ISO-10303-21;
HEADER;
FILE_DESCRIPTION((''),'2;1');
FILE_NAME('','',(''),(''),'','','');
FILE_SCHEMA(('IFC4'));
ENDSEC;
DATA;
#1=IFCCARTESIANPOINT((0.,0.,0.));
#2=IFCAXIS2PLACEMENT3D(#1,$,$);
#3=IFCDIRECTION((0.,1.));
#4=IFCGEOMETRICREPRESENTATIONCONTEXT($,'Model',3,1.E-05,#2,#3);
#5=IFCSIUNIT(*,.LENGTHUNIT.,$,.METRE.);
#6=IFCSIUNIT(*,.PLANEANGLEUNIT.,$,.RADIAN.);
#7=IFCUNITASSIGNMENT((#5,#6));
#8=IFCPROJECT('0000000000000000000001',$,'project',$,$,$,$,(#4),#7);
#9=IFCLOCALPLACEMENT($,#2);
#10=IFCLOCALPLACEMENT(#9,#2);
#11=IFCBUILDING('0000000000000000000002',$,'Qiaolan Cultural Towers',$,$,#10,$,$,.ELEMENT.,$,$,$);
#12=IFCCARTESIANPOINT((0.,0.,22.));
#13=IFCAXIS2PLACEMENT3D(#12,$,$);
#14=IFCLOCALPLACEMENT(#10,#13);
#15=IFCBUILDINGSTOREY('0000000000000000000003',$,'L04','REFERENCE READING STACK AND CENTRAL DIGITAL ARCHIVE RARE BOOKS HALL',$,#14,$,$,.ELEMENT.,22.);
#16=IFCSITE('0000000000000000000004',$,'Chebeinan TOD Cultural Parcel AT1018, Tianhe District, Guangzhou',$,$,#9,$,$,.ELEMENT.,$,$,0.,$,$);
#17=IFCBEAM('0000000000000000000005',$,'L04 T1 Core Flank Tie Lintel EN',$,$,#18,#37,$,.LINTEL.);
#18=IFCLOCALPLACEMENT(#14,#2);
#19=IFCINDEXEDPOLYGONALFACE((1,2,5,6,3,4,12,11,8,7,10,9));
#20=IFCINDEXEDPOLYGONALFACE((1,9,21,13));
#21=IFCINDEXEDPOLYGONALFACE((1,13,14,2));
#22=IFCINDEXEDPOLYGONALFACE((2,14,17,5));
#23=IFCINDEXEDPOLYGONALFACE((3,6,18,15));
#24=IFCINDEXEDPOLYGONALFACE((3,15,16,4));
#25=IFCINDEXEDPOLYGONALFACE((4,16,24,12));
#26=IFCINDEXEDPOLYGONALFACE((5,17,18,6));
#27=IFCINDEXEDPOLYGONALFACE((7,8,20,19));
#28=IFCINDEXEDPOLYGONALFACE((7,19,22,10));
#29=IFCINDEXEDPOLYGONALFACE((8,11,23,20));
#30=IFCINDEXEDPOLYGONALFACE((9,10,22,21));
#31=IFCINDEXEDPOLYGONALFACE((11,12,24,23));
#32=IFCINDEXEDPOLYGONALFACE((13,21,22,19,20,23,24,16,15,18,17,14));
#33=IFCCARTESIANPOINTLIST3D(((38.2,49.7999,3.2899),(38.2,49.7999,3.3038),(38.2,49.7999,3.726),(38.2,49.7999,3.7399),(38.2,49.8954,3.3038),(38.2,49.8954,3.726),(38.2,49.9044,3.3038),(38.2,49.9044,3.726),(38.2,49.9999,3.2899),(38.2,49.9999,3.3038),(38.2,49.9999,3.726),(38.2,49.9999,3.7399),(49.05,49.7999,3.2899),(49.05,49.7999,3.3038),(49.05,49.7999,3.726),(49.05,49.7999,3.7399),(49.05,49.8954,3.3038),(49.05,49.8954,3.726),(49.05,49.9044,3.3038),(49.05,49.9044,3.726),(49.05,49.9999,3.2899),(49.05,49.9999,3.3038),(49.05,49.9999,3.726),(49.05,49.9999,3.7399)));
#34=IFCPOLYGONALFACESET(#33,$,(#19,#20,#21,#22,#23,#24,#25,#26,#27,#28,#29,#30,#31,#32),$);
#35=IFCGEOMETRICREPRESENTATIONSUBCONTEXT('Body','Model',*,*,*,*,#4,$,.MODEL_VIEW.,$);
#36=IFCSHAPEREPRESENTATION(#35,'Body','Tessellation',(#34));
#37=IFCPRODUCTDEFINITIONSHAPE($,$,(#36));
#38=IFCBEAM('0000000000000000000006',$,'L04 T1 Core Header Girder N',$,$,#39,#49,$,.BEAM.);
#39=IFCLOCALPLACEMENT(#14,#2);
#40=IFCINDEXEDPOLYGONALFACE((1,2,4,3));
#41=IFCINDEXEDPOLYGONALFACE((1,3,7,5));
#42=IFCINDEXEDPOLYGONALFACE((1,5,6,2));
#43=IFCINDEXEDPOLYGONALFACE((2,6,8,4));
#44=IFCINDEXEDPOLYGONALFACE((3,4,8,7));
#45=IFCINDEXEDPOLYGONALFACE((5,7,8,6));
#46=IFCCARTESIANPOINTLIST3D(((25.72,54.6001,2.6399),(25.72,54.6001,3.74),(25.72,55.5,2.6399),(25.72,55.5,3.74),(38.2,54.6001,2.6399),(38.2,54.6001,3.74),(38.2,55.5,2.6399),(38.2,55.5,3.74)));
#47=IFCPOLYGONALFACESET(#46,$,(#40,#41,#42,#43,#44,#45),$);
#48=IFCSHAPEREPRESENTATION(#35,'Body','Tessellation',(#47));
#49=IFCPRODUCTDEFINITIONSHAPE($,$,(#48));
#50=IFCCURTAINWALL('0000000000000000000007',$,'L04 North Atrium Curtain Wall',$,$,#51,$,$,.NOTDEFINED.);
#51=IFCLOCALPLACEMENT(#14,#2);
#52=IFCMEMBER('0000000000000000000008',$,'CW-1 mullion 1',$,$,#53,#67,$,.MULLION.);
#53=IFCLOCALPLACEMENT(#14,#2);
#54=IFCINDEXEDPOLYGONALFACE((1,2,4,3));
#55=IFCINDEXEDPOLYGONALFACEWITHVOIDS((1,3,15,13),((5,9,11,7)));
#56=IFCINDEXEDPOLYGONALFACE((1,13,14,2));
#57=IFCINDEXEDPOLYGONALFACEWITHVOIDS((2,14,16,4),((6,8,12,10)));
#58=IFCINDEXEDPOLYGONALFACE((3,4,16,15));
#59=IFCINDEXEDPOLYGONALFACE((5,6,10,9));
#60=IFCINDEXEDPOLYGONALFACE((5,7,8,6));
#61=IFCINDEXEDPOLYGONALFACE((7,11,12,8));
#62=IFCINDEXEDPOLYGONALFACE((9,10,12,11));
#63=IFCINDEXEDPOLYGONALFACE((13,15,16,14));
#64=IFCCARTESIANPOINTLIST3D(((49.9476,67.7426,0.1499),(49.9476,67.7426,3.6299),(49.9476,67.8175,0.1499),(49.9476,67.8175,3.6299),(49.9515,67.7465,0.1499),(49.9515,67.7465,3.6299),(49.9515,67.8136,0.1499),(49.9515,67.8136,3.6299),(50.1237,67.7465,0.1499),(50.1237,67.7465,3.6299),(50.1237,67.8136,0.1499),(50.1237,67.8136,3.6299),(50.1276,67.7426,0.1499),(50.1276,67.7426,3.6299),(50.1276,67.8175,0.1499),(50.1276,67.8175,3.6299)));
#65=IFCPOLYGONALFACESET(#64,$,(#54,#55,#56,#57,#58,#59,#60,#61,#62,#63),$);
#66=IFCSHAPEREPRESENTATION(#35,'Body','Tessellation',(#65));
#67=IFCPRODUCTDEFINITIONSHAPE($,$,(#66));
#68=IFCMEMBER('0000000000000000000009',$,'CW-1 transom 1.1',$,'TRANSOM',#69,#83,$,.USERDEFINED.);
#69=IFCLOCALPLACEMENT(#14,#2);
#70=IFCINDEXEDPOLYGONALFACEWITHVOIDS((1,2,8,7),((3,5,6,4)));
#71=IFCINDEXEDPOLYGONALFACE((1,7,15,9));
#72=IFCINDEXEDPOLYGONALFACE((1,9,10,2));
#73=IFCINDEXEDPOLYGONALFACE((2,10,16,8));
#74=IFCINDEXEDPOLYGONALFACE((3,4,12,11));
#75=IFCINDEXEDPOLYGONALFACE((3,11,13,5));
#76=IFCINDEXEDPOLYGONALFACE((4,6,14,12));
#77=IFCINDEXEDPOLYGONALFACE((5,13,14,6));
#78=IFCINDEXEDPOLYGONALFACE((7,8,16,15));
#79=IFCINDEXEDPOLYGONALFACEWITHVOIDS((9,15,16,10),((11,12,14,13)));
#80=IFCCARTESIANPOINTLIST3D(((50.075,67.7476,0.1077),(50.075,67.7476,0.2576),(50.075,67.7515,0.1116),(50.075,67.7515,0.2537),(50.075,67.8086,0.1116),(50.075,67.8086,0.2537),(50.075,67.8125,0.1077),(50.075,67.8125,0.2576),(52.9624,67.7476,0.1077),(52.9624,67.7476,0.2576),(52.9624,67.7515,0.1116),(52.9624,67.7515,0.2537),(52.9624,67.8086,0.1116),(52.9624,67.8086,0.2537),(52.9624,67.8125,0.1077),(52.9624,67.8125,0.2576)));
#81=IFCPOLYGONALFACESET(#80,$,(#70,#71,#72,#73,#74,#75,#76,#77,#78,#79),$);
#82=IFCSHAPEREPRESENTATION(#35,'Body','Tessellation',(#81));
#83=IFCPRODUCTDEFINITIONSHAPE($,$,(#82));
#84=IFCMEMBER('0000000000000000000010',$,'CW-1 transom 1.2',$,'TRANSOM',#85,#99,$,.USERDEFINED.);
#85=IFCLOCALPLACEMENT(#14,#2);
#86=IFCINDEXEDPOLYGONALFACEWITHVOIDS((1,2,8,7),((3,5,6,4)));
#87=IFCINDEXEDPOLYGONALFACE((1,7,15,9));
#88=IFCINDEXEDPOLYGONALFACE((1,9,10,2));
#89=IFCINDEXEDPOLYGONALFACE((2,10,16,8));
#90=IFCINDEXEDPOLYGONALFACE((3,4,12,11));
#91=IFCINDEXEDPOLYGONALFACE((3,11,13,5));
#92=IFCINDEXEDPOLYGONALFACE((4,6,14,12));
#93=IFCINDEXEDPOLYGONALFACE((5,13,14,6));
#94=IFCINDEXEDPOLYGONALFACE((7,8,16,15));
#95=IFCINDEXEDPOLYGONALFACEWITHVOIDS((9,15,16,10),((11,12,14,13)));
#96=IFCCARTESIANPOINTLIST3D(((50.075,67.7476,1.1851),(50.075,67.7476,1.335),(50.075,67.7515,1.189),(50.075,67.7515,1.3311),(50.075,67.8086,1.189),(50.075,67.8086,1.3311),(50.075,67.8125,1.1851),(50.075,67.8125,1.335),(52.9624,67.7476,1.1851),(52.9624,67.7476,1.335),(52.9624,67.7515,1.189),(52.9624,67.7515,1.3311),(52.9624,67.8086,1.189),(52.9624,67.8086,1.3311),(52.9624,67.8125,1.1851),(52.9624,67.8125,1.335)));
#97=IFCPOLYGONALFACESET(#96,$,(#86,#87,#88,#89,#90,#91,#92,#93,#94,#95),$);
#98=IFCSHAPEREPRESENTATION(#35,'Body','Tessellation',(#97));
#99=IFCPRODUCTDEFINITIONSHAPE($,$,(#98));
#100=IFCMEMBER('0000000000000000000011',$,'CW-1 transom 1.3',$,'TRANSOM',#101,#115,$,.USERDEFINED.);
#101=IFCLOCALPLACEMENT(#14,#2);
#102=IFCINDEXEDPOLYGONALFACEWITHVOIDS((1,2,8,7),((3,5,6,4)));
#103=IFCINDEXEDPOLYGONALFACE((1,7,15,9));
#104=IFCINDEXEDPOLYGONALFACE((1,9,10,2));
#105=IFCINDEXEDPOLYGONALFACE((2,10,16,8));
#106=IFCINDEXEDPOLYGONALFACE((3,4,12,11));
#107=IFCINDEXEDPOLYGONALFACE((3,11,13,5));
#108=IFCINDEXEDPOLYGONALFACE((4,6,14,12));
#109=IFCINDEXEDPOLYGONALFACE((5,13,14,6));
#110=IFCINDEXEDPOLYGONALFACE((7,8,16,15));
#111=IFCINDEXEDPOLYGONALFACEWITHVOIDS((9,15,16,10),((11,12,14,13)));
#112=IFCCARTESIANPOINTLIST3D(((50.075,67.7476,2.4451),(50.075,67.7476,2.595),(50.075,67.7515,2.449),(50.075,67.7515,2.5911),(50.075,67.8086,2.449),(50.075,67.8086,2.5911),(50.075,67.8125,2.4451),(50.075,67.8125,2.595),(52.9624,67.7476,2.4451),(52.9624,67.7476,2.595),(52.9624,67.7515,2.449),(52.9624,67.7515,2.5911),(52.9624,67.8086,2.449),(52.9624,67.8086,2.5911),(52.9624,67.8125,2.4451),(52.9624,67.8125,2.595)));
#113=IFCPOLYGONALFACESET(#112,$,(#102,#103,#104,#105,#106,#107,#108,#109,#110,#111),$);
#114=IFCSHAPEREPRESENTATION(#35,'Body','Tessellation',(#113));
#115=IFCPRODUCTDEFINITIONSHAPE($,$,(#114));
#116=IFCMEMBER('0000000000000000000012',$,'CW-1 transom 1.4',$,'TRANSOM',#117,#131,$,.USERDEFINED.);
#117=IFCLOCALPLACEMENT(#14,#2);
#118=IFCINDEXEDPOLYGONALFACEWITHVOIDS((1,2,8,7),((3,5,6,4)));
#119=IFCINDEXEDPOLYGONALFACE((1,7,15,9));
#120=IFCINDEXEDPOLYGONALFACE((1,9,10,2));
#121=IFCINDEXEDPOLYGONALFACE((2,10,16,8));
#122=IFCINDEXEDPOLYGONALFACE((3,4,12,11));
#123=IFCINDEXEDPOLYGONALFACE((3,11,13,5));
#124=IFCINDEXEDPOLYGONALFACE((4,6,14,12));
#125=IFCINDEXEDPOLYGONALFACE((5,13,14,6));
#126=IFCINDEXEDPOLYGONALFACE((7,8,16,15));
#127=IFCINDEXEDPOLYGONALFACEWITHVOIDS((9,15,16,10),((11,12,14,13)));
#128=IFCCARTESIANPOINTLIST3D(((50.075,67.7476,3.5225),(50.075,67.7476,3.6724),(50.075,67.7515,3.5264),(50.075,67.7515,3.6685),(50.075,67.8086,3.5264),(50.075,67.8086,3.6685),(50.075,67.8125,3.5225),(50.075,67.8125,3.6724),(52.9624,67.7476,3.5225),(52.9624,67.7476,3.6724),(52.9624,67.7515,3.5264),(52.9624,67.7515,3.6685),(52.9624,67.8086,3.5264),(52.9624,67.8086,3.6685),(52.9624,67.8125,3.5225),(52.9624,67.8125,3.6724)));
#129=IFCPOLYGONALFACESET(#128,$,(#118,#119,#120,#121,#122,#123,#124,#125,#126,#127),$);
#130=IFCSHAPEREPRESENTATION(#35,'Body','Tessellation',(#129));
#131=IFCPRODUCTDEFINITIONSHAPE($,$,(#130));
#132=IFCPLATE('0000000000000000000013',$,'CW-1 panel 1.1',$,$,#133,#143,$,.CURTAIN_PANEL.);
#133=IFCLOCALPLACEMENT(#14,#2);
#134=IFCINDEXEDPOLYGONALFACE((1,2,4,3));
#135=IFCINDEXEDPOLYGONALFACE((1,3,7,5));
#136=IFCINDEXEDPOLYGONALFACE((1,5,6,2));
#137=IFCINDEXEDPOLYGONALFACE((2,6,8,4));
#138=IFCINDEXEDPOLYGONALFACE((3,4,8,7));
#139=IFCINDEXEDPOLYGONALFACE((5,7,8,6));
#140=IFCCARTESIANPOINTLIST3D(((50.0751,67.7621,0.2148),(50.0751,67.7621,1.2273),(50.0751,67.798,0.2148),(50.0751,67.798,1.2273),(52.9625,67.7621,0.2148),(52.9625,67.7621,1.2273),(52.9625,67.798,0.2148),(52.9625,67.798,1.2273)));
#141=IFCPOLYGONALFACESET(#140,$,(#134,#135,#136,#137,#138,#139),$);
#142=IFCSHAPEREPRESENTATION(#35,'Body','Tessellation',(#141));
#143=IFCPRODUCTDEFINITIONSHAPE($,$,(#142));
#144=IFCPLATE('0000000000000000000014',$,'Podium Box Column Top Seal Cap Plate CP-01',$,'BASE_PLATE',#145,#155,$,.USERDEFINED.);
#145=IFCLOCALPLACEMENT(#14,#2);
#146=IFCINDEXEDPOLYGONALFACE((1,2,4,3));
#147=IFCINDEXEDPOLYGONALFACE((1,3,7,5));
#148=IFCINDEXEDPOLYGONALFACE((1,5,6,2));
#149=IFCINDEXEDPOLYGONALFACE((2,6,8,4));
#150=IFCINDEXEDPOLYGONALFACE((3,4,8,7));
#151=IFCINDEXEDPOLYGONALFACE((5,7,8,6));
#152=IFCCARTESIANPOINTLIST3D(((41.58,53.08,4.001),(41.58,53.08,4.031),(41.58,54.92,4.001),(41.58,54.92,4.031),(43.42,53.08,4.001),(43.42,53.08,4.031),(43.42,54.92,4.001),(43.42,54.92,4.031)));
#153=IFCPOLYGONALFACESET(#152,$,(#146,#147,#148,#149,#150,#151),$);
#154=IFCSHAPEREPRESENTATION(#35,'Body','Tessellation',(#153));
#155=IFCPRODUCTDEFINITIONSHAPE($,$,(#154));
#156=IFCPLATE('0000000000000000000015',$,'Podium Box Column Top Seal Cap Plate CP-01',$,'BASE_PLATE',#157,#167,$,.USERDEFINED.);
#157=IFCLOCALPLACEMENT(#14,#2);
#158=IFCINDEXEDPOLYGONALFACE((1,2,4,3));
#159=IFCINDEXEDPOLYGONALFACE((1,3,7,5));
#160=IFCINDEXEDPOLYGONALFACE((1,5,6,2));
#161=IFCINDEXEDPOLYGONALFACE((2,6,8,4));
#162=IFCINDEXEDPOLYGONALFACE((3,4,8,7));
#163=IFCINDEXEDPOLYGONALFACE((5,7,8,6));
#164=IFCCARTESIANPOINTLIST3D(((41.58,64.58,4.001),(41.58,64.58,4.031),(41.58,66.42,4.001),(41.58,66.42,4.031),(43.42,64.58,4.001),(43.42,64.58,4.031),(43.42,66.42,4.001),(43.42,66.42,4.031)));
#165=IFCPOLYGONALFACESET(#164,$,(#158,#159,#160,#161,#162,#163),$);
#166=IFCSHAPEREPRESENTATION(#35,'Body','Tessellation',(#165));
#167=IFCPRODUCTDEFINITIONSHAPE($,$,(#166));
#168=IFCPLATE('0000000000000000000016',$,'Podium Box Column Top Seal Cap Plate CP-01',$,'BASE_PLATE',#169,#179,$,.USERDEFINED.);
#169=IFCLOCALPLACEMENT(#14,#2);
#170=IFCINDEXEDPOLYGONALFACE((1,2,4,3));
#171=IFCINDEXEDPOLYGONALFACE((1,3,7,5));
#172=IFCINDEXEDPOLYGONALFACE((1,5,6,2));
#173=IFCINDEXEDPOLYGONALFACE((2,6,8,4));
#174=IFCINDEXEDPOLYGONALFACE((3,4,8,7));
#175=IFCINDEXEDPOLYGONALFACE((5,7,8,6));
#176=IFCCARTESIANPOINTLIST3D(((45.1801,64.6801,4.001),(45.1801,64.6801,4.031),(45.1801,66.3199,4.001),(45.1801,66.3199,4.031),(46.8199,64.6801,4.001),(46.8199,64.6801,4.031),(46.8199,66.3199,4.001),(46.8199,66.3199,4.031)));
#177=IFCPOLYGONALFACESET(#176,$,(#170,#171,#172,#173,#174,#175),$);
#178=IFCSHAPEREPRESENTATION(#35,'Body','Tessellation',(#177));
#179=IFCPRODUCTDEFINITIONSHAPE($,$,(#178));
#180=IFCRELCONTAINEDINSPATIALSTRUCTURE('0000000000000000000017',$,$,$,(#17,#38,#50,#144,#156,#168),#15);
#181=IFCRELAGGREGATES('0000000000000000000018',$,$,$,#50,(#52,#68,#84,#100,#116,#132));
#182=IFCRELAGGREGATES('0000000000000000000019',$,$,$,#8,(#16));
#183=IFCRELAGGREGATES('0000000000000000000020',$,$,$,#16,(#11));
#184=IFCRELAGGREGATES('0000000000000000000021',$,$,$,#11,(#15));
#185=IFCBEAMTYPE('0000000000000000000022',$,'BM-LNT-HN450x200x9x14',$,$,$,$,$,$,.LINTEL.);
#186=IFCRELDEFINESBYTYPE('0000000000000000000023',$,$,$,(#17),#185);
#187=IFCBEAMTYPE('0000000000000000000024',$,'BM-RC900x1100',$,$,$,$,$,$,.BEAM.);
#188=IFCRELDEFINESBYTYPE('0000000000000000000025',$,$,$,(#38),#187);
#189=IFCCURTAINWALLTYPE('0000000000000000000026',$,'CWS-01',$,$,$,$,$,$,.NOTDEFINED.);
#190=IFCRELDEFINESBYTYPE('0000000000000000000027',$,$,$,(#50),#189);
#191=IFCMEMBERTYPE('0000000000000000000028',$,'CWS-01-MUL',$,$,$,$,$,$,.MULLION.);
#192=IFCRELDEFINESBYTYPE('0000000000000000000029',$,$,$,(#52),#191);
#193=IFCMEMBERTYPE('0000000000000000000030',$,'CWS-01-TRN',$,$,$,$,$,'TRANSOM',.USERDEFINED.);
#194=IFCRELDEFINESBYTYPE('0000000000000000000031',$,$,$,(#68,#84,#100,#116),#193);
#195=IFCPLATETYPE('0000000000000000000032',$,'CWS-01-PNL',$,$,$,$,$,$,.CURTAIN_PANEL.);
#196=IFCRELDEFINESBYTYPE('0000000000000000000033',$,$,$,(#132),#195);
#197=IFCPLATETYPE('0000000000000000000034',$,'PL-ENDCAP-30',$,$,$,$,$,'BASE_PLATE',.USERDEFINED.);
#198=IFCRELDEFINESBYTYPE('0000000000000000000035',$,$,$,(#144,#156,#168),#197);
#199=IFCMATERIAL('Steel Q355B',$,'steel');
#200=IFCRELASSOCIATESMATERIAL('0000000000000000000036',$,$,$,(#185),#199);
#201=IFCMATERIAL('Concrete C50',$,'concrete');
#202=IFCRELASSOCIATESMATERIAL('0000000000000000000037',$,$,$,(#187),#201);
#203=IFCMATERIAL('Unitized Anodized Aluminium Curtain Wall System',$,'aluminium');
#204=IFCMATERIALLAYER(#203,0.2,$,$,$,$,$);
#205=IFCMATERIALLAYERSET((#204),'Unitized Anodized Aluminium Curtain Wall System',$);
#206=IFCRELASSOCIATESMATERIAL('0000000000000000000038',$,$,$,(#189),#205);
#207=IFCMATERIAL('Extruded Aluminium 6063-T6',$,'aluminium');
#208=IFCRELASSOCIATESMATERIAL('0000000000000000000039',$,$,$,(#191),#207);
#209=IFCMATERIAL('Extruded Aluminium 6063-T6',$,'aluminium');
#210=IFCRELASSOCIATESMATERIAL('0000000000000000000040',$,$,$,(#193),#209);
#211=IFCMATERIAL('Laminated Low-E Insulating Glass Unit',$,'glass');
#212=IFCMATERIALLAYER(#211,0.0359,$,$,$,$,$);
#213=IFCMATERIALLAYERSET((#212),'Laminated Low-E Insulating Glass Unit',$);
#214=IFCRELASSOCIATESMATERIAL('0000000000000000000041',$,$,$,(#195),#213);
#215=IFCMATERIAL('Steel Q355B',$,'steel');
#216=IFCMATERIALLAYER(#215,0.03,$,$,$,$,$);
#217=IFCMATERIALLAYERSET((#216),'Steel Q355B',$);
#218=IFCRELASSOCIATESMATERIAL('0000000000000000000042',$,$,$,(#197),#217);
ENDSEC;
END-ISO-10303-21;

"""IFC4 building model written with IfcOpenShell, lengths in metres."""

from ifc_helpers import new_model, si_unit, direction, frame, origin, origin_2d, place, context, subcontext, project, spatial, rectangle, hollow_rectangle, i_section, extrude, material, layer, layer_set, material_profile, profile_set, type_object, element, aggregate, save


model = new_model("IFC4")

# Units and contexts
model_context = context("Model", 3, precision=1e-05, world=origin(), true_north=direction((0.0, 1.0)))
body_context = subcontext(model_context, "Body", "Model", "MODEL_VIEW")
ifc_project = project(units=[si_unit("LENGTHUNIT", "METRE"), si_unit("PLANEANGLEUNIT", "RADIAN")], contexts=[model_context])

# Site, building, storey
site_placement = place(None, origin())
site = spatial("IfcSite", under=ifc_project, at=site_placement, Name="Chebeinan TOD Cultural Parcel AT1018, Tianhe District, Guangzhou", CompositionType="ELEMENT", RefElevation=0.0)
building_placement = place(site_placement, origin())
building = spatial("IfcBuilding", under=site, at=building_placement, Name="Qiaolan Cultural Towers", CompositionType="ELEMENT")
storey_placement = place(building_placement, frame((0.0, 0.0, 22.0)))
storey = spatial("IfcBuildingStorey", under=building, at=storey_placement, Name="L04", Description="REFERENCE READING STACK AND CENTRAL DIGITAL ARCHIVE RARE BOOKS HALL", CompositionType="ELEMENT", Elevation=22.0)

# Beams
ifc_material_1 = material(Name="Steel Q355B", Category="steel")
ifc_material_profile_1 = material_profile(ifc_material_1, i_section(OverallWidth=0.2, OverallDepth=0.45, WebThickness=0.009, FlangeThickness=0.0139, at=origin_2d()), Name="HN450x200x9x14")
ifc_profile_set_1 = profile_set([ifc_material_profile_1], Name="Steel Q355B")
beam_type_1 = type_object("IfcBeamType", Name="BM-LNT-HN450x200x9x14", PredefinedType="LINTEL", material=ifc_profile_set_1)
beam_1_placement = place(storey_placement, frame((38.2, 49.8999, 3.5149), z_axis=(1.0, 0.0, 0.0), x_axis=(0.0, 1.0, 0.0)))
element("IfcBeam", 1, at=beam_1_placement, inside=storey, type_object=beam_type_1, Name="L04 T1 Core Flank Tie Lintel EN", PredefinedType="LINTEL", context=body_context, shape_type="SweptSolid", body=[
    extrude(i_section(OverallWidth=0.2, OverallDepth=0.45, WebThickness=0.009, FlangeThickness=0.0139, at=origin_2d()), origin(), (0.0, 0.0, 1.0), 10.8501),
])
ifc_material_2 = material(Name="Concrete C50", Category="concrete")
ifc_material_profile_2 = material_profile(ifc_material_2, rectangle(XDim=0.8999, YDim=1.1001, at=origin_2d()), Name="RC900x1100")
ifc_profile_set_2 = profile_set([ifc_material_profile_2], Name="Concrete C50")
beam_type_2 = type_object("IfcBeamType", Name="BM-RC900x1100", PredefinedType="BEAM", material=ifc_profile_set_2)
beam_2_placement = place(storey_placement, frame((25.72, 55.05, 3.1899), z_axis=(1.0, 0.0, 0.0), x_axis=(0.0, 1.0, 0.0)))
element("IfcBeam", 2, at=beam_2_placement, inside=storey, type_object=beam_type_2, Name="L04 T1 Core Header Girder N", PredefinedType="BEAM", context=body_context, shape_type="SweptSolid", body=[
    extrude(rectangle(XDim=0.8999, YDim=1.1001, at=origin_2d()), origin(), (0.0, 0.0, 1.0), 12.48),
])

# Curtain wall, members, plate
ifc_material_3 = material(Name="Unitized Anodized Aluminium Curtain Wall System", Category="aluminium")
ifc_layer_1 = layer(ifc_material_3, 0.2)
ifc_layer_set_1 = layer_set([ifc_layer_1], Name="Unitized Anodized Aluminium Curtain Wall System")
curtain_wall_type = type_object("IfcCurtainWallType", Name="CWS-01", PredefinedType="NOTDEFINED", material=ifc_layer_set_1)
curtain_wall_placement = place(storey_placement, origin())
curtain_wall = element("IfcCurtainWall", 3, at=curtain_wall_placement, inside=storey, type_object=curtain_wall_type, Name="L04 North Atrium Curtain Wall", PredefinedType="NOTDEFINED")
ifc_material_4 = material(Name="Extruded Aluminium 6063-T6", Category="aluminium")
ifc_material_profile_3 = material_profile(ifc_material_4, hollow_rectangle(XDim=0.075, YDim=0.1799, WallThickness=0.0039, at=origin_2d()), Name="CWM-180x75x4")
ifc_profile_set_3 = profile_set([ifc_material_profile_3], Name="Extruded Aluminium 6063-T6")
member_type_1 = type_object("IfcMemberType", Name="CWS-01-MUL", PredefinedType="MULLION", material=ifc_profile_set_3)
member_1_placement = place(storey_placement, frame((50.0376, 67.78, 0.1499), z_axis=(0.0, 0.0, 1.0), x_axis=(0.0, 1.0, 0.0)))
member_1 = element("IfcMember", 4, at=member_1_placement, type_object=member_type_1, Name="CW-1 mullion 1", PredefinedType="MULLION", context=body_context, shape_type="SweptSolid", body=[
    extrude(hollow_rectangle(XDim=0.075, YDim=0.1799, WallThickness=0.0039, at=origin_2d()), origin(), (0.0, 0.0, 1.0), 3.48),
])
ifc_material_5 = material(Name="Extruded Aluminium 6063-T6", Category="aluminium")
ifc_material_profile_4 = material_profile(ifc_material_5, hollow_rectangle(XDim=0.0649, YDim=0.1499, WallThickness=0.0039, at=origin_2d()), Name="CWT-150x65x4")
ifc_profile_set_4 = profile_set([ifc_material_profile_4], Name="Extruded Aluminium 6063-T6")
member_type_2 = type_object("IfcMemberType", Name="CWS-01-TRN", ElementType="TRANSOM", PredefinedType="USERDEFINED", material=ifc_profile_set_4)
member_2_placement = place(storey_placement, frame((50.075, 67.78, 0.1826), z_axis=(1.0, 0.0, 0.0), x_axis=(0.0, 1.0, 0.0)))
member_2 = element("IfcMember", 5, at=member_2_placement, type_object=member_type_2, Name="CW-1 transom 1.1", ObjectType="TRANSOM", PredefinedType="USERDEFINED", context=body_context, shape_type="SweptSolid", body=[
    extrude(hollow_rectangle(XDim=0.0649, YDim=0.1499, WallThickness=0.0039, at=origin_2d()), origin(), (0.0, 0.0, 1.0), 2.8875),
])
member_3_placement = place(storey_placement, frame((50.075, 67.78, 1.26), z_axis=(1.0, 0.0, 0.0), x_axis=(0.0, 1.0, 0.0)))
member_3 = element("IfcMember", 6, at=member_3_placement, type_object=member_type_2, Name="CW-1 transom 1.2", ObjectType="TRANSOM", PredefinedType="USERDEFINED", context=body_context, shape_type="SweptSolid", body=[
    extrude(hollow_rectangle(XDim=0.0649, YDim=0.1499, WallThickness=0.0039, at=origin_2d()), origin(), (0.0, 0.0, 1.0), 2.8875),
])
member_4_placement = place(storey_placement, frame((50.075, 67.78, 2.52), z_axis=(1.0, 0.0, 0.0), x_axis=(0.0, 1.0, 0.0)))
member_4 = element("IfcMember", 7, at=member_4_placement, type_object=member_type_2, Name="CW-1 transom 1.3", ObjectType="TRANSOM", PredefinedType="USERDEFINED", context=body_context, shape_type="SweptSolid", body=[
    extrude(hollow_rectangle(XDim=0.0649, YDim=0.1499, WallThickness=0.0039, at=origin_2d()), origin(), (0.0, 0.0, 1.0), 2.8875),
])
member_5_placement = place(storey_placement, frame((50.075, 67.78, 3.5974), z_axis=(1.0, 0.0, 0.0), x_axis=(0.0, 1.0, 0.0)))
member_5 = element("IfcMember", 8, at=member_5_placement, type_object=member_type_2, Name="CW-1 transom 1.4", ObjectType="TRANSOM", PredefinedType="USERDEFINED", context=body_context, shape_type="SweptSolid", body=[
    extrude(hollow_rectangle(XDim=0.0649, YDim=0.1499, WallThickness=0.0039, at=origin_2d()), origin(), (0.0, 0.0, 1.0), 2.8875),
])
ifc_material_6 = material(Name="Laminated Low-E Insulating Glass Unit", Category="glass")
ifc_layer_2 = layer(ifc_material_6, 0.0359)
ifc_layer_set_2 = layer_set([ifc_layer_2], Name="Laminated Low-E Insulating Glass Unit")
plate_type_1 = type_object("IfcPlateType", Name="CWS-01-PNL", PredefinedType="CURTAIN_PANEL", material=ifc_layer_set_2)
plate_1_placement = place(storey_placement, frame((51.5188, 67.78, 0.2148), z_axis=(0.0, 0.0, 1.0), x_axis=(1.0, 0.0, 0.0)))
plate_1 = element("IfcPlate", 9, at=plate_1_placement, type_object=plate_type_1, Name="CW-1 panel 1.1", PredefinedType="CURTAIN_PANEL", context=body_context, shape_type="SweptSolid", body=[
    extrude(rectangle(XDim=2.8875, YDim=0.0359, at=origin_2d()), origin(), (0.0, 0.0, 1.0), 1.0125),
])
aggregate(curtain_wall, [member_1, member_2, member_3, member_4, member_5, plate_1])

# Plates
ifc_material_7 = material(Name="Steel Q355B", Category="steel")
ifc_layer_3 = layer(ifc_material_7, 0.03)
ifc_layer_set_3 = layer_set([ifc_layer_3], Name="Steel Q355B")
plate_type_2 = type_object("IfcPlateType", Name="PL-ENDCAP-30", ElementType="BASE_PLATE", PredefinedType="USERDEFINED", material=ifc_layer_set_3)
for number, where, z_axis, x_axis, name in (
    (10, (42.5, 54.0, 4.001), (0.0, 0.0, 1.0), (1.0, 0.0, 0.0), "Podium Box Column Top Seal Cap Plate CP-01"),
    (11, (42.5, 65.5, 4.001), (0.0, 0.0, 1.0), (1.0, 0.0, 0.0), "Podium Box Column Top Seal Cap Plate CP-01"),
):
    element("IfcPlate", number, at=place(storey_placement, frame(where, z_axis=z_axis, x_axis=x_axis)), inside=storey, type_object=plate_type_2, Name=name, ObjectType="BASE_PLATE", PredefinedType="USERDEFINED", context=body_context, shape_type="SweptSolid", body=[
        extrude(rectangle(XDim=1.8401, YDim=1.8401, at=origin_2d()), origin(), (0.0, 0.0, 1.0), 0.03),
    ])
plate_2_placement = place(storey_placement, frame((46.0, 65.5, 4.001), z_axis=(0.0, 0.0, 1.0), x_axis=(1.0, 0.0, 0.0)))
element("IfcPlate", 12, at=plate_2_placement, inside=storey, type_object=plate_type_2, Name="Podium Box Column Top Seal Cap Plate CP-01", ObjectType="BASE_PLATE", PredefinedType="USERDEFINED", context=body_context, shape_type="SweptSolid", body=[
    extrude(rectangle(XDim=1.6399, YDim=1.6399, at=origin_2d()), origin(), (0.0, 0.0, 1.0), 0.03),
])

save(model, "model.ifc")
